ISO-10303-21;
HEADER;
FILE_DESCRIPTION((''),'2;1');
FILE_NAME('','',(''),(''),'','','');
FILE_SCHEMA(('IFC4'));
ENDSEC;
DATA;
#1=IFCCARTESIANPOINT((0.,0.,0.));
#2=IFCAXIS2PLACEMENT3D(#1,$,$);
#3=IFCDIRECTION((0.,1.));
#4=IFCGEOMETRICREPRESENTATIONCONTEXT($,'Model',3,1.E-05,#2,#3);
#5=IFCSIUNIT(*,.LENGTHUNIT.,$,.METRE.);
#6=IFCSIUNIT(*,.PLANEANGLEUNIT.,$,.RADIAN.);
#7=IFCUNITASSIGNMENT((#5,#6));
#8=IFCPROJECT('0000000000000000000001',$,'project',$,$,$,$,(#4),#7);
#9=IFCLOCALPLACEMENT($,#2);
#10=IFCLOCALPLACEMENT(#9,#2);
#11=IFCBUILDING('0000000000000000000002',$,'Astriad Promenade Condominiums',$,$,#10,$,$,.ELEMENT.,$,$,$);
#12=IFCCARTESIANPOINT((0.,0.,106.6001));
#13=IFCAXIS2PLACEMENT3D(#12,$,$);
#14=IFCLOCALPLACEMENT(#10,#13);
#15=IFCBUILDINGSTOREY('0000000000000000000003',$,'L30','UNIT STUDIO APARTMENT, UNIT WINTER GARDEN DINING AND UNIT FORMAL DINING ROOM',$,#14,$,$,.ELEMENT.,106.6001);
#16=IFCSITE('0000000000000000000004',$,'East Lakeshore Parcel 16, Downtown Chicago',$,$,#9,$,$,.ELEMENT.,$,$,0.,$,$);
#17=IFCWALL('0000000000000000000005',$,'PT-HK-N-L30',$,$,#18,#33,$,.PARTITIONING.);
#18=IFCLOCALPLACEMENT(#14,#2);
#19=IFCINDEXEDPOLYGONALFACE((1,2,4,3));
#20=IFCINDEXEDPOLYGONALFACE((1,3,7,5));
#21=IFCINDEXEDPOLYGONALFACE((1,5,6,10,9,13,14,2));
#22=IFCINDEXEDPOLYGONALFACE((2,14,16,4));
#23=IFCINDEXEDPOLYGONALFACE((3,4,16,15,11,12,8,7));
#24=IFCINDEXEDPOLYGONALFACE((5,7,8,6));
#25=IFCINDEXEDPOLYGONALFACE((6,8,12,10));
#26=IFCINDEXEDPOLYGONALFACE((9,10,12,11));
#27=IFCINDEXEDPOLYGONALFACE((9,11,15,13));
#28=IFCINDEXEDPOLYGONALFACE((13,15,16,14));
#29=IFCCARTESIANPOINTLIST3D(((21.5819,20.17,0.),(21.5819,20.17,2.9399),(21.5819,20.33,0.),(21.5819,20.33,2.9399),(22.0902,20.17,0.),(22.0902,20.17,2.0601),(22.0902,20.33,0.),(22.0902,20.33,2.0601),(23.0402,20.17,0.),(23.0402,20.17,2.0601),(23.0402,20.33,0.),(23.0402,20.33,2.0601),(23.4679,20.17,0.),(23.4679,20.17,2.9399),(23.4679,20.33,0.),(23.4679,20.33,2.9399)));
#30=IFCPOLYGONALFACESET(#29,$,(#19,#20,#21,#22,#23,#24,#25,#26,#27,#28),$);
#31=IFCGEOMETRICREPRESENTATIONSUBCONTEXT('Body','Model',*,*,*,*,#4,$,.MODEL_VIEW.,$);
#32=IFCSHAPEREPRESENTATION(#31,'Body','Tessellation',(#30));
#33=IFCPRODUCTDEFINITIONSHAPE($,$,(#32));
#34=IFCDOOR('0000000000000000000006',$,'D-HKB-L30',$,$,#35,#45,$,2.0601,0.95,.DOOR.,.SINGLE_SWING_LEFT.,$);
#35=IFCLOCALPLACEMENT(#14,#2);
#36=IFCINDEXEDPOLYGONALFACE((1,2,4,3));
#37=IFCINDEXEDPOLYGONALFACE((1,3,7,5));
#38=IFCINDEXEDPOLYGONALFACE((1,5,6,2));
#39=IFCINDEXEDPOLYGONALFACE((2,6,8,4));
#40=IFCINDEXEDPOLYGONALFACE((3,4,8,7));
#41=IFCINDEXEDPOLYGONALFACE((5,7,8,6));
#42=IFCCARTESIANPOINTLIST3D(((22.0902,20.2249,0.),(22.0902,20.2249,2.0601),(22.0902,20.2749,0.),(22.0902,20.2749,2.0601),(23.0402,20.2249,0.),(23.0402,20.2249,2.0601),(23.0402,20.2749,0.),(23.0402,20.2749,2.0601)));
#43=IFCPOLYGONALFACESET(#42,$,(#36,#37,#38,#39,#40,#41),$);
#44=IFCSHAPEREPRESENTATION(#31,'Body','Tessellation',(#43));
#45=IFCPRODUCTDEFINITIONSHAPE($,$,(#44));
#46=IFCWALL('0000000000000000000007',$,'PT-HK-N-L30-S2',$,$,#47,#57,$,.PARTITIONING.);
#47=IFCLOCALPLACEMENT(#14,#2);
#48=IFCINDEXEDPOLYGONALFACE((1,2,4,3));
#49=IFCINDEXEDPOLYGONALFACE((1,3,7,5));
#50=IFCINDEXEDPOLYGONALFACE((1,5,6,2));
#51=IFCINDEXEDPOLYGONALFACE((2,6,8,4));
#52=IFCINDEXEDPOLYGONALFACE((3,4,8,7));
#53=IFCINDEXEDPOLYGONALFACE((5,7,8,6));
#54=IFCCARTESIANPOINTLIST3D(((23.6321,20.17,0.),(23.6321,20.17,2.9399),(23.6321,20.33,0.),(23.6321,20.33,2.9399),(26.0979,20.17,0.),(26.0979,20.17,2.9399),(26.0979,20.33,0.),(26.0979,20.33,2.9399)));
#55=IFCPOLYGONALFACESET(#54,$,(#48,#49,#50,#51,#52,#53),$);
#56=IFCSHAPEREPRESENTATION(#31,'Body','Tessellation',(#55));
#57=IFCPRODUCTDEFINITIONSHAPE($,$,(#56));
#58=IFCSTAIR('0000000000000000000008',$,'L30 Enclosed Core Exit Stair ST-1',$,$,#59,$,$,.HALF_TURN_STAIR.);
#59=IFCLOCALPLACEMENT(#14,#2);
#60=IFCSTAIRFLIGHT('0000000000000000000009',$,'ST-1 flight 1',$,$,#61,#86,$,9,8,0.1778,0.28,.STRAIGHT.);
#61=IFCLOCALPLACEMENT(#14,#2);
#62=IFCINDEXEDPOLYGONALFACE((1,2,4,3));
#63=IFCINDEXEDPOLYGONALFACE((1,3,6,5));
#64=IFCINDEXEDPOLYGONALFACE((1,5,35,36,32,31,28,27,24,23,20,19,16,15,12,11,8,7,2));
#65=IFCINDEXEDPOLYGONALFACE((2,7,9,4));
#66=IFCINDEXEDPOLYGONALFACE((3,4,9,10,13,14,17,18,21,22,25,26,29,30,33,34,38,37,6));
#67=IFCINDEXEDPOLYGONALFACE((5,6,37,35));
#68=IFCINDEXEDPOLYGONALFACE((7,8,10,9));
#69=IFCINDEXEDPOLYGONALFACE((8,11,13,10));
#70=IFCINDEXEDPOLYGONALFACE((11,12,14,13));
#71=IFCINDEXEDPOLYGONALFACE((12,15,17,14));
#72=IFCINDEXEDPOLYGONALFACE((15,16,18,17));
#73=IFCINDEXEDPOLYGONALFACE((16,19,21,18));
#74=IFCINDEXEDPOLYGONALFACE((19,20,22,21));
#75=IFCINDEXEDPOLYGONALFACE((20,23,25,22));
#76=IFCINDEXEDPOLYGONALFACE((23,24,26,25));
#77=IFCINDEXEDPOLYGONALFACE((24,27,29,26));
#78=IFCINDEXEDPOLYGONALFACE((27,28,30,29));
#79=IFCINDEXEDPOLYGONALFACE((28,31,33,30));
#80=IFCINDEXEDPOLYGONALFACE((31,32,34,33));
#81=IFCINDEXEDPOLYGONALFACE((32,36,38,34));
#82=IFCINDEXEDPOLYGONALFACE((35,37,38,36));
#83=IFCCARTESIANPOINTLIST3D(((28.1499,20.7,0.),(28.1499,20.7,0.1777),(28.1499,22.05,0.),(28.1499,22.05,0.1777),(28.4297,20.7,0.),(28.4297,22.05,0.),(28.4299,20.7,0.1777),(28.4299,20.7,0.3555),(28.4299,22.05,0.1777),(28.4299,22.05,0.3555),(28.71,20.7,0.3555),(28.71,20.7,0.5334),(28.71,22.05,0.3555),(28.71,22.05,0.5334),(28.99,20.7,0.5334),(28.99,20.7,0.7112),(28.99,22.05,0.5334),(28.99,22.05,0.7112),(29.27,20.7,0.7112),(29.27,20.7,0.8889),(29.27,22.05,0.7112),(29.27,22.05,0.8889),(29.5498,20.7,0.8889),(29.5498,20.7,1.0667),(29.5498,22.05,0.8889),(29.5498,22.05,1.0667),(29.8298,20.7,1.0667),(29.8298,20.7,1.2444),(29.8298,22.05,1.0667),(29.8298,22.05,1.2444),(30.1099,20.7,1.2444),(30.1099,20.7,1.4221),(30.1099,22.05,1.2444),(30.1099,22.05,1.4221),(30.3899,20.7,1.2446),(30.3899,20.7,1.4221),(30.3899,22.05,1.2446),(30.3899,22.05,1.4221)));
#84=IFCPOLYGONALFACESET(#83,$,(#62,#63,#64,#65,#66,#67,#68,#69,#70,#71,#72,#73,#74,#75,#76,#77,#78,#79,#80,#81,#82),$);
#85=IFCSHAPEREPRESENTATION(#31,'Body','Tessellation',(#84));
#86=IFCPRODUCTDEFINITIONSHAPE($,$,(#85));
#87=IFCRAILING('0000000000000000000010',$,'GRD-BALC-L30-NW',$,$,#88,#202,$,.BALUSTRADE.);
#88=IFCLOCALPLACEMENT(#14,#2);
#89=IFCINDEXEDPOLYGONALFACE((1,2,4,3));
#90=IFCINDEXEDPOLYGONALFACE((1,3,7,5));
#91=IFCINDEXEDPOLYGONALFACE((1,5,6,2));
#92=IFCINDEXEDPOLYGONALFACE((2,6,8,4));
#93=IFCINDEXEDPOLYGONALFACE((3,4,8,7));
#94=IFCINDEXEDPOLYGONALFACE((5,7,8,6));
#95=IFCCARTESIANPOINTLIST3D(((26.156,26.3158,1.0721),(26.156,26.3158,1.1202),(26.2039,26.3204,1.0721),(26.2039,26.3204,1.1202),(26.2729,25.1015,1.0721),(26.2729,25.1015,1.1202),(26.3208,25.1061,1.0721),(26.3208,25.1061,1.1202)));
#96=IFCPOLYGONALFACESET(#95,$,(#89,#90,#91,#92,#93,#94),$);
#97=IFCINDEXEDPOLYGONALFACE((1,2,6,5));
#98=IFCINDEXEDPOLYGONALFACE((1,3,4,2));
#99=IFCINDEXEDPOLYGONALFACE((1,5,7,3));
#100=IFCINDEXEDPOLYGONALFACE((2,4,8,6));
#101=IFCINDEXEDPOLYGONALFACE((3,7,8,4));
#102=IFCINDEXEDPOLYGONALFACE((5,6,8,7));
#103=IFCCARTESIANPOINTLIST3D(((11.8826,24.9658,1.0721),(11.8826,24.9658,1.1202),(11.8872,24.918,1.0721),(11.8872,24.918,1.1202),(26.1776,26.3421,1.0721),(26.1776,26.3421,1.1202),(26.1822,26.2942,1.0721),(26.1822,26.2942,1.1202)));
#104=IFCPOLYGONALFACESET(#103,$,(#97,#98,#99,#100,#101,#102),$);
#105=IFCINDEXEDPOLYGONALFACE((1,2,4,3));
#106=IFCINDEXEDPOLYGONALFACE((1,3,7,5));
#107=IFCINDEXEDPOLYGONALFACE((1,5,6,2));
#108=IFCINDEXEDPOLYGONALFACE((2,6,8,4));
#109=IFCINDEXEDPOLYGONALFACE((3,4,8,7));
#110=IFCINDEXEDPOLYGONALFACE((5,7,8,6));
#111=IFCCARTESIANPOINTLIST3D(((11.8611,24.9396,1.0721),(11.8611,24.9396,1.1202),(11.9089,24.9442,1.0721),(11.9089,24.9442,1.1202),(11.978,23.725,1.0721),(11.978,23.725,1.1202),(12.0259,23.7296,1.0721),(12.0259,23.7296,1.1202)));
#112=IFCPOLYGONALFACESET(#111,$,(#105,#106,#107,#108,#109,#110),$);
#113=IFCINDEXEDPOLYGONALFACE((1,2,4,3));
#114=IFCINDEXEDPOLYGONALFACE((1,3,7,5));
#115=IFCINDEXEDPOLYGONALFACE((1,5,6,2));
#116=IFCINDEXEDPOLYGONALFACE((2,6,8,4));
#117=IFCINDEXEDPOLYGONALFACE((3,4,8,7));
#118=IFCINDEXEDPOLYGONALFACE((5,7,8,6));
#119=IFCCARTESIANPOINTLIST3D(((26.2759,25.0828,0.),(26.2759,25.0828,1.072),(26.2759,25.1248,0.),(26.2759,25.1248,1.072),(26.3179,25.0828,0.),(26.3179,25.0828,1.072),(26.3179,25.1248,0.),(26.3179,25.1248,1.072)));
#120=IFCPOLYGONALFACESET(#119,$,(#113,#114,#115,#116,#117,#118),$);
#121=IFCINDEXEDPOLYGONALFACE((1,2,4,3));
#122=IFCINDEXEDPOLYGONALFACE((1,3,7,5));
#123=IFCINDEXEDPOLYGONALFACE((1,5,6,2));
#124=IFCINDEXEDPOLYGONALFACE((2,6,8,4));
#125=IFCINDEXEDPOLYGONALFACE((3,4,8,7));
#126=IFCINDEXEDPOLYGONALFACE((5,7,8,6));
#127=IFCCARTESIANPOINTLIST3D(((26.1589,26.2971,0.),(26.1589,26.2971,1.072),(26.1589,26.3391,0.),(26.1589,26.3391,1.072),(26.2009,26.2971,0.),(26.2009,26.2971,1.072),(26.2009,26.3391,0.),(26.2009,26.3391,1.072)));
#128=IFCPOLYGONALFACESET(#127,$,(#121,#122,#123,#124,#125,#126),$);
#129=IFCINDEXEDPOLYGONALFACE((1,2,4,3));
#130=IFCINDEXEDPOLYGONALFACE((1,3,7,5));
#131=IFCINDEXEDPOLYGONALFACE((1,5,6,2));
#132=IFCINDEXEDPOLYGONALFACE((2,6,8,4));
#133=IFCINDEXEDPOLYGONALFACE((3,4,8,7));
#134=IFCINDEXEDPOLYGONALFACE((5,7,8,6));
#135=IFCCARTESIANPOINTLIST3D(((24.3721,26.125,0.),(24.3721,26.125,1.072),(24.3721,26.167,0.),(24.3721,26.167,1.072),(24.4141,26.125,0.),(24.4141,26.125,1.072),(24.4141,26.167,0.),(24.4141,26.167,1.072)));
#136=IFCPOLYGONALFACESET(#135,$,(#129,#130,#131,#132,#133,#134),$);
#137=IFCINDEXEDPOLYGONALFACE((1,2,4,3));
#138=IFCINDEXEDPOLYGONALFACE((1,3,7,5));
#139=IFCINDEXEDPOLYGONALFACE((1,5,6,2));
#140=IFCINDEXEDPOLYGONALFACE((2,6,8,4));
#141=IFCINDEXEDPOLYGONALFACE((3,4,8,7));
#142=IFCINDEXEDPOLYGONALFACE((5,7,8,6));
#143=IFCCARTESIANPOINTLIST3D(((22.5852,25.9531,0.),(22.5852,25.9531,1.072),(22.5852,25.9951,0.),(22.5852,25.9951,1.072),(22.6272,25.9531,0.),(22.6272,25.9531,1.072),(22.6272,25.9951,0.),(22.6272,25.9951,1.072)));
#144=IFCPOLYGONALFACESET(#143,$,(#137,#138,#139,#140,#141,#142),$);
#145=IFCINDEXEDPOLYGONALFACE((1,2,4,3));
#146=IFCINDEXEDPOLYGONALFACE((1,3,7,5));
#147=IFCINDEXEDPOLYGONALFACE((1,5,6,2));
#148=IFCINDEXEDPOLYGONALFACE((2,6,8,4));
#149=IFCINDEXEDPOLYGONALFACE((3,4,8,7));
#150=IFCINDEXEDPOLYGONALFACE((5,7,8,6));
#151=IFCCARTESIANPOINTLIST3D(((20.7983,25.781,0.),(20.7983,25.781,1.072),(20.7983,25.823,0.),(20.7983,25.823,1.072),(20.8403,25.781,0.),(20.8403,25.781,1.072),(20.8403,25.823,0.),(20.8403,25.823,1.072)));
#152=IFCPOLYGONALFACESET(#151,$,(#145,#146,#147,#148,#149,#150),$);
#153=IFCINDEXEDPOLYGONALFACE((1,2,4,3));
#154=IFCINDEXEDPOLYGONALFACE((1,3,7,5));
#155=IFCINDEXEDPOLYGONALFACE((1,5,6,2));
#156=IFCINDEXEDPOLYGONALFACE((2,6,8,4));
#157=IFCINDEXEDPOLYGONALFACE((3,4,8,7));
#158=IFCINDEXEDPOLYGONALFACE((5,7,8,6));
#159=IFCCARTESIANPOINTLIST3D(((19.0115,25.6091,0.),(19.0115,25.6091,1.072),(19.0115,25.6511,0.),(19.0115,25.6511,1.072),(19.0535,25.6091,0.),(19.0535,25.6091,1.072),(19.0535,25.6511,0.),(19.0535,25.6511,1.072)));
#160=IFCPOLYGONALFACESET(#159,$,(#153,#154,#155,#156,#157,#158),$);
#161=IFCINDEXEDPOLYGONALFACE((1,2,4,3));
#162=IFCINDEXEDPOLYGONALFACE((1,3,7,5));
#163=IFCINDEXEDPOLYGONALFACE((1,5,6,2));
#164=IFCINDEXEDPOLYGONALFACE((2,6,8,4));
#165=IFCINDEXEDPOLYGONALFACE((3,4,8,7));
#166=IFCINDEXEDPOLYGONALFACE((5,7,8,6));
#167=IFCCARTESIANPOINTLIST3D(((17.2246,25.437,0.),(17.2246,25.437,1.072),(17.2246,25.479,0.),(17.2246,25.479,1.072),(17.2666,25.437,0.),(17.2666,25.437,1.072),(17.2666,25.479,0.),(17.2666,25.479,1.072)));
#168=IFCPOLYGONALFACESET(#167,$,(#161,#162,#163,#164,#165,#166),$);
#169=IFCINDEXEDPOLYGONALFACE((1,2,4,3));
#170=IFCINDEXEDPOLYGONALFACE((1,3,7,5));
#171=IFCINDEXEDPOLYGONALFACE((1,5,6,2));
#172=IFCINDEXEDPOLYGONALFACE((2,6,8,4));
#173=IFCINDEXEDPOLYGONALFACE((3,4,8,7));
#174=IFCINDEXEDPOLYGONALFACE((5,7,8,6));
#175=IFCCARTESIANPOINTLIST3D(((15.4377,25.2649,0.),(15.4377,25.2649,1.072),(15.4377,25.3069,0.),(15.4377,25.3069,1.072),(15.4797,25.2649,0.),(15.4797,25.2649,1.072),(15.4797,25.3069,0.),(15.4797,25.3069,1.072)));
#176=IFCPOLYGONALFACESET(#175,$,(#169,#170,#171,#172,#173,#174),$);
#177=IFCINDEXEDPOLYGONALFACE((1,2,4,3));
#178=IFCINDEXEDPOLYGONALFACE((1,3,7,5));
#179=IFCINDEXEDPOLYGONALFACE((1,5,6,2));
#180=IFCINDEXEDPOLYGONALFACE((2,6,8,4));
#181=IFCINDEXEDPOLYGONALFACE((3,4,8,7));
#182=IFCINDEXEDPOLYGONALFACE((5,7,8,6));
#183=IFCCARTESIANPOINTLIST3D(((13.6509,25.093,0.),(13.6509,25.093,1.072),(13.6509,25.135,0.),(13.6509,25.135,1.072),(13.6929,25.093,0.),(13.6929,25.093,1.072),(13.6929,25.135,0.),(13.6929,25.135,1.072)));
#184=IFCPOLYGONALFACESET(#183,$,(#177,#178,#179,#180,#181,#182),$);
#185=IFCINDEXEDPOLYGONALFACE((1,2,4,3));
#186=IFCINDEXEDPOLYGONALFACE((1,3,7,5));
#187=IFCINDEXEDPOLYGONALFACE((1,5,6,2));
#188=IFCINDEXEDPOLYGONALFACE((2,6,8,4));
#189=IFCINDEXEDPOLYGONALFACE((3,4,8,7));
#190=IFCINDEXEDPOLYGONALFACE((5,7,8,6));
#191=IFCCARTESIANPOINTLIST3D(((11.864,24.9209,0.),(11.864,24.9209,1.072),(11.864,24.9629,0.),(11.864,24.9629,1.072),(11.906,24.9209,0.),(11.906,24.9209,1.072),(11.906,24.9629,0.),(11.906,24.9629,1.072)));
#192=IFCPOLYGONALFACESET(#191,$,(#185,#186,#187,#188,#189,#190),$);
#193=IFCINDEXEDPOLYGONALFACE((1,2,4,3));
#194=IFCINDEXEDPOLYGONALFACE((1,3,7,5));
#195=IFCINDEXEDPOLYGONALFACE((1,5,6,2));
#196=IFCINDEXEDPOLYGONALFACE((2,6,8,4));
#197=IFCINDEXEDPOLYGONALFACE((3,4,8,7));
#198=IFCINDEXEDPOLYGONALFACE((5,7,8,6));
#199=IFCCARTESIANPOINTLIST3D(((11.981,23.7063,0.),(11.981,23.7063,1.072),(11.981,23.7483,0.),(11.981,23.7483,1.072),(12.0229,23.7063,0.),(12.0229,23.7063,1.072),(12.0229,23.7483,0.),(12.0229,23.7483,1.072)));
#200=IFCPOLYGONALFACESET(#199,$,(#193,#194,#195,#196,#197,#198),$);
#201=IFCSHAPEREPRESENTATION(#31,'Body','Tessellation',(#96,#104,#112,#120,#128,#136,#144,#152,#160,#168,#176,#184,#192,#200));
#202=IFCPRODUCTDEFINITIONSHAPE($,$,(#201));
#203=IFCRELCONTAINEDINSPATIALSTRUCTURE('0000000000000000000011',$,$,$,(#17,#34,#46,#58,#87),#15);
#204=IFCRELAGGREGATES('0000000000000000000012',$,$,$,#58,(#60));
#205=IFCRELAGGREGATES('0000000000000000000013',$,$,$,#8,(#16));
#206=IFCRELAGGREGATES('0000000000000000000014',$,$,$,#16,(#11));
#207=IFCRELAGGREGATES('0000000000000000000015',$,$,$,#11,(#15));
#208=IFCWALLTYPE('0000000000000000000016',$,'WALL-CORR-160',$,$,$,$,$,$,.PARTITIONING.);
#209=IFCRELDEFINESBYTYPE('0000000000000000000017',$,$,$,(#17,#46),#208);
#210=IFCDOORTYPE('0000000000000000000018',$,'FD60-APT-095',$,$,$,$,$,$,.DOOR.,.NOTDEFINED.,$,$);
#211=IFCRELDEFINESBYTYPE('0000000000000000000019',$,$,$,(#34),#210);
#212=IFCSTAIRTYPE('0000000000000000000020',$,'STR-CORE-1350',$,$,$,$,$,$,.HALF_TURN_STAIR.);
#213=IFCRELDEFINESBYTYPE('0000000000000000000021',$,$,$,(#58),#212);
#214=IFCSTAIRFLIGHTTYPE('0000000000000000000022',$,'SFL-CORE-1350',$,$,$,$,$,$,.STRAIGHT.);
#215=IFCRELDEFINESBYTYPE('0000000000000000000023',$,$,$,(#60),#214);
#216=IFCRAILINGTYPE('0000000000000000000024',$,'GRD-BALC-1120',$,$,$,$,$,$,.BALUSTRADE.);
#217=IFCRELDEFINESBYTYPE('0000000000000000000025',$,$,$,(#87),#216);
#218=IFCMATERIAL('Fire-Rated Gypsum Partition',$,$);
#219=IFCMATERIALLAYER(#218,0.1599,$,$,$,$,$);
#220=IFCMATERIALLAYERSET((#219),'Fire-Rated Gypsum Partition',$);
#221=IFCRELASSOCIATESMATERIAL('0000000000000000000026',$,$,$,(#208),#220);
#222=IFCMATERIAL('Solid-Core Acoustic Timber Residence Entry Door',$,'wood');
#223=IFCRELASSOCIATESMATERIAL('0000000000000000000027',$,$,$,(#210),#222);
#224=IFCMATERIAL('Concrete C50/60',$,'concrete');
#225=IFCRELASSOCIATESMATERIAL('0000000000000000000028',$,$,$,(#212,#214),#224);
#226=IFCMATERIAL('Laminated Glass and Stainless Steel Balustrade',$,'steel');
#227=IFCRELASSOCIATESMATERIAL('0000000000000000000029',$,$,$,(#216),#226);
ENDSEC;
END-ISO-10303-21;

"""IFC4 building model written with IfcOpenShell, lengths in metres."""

from ifc_helpers import new_model, si_unit, direction, frame, frame_2d, origin, origin_2d, place, context, subcontext, project, spatial, polyline, rectangle, outline, extrude, source, transform, mapped, material, layer, layer_set, type_object, type_shapes, element, fill, aggregate, save


model = new_model("IFC4")

# Units and contexts
model_context = context("Model", 3, precision=1e-05, world=origin(), true_north=direction((0.0, 1.0)))
body_context = subcontext(model_context, "Body", "Model", "MODEL_VIEW")
ifc_project = project(units=[si_unit("LENGTHUNIT", "METRE"), si_unit("PLANEANGLEUNIT", "RADIAN")], contexts=[model_context])

# Site, building, storey
site_placement = place(None, origin())
site = spatial("IfcSite", under=ifc_project, at=site_placement, Name="East Lakeshore Parcel 16, Downtown Chicago", CompositionType="ELEMENT", RefElevation=0.0)
building_placement = place(site_placement, origin())
building = spatial("IfcBuilding", under=site, at=building_placement, Name="Astriad Promenade Condominiums", CompositionType="ELEMENT")
storey_placement = place(building_placement, frame((0.0, 0.0, 106.6001)))
storey = spatial("IfcBuildingStorey", under=building, at=storey_placement, Name="L30", Description="UNIT STUDIO APARTMENT, UNIT WINTER GARDEN DINING AND UNIT FORMAL DINING ROOM", CompositionType="ELEMENT", Elevation=106.6001)

# Wall, opening, door
ifc_material_1 = material(Name="Concrete C50/60", Category="concrete")
ifc_material_2 = material(Name="Fire-Rated Gypsum Partition")
ifc_layer_1 = layer(ifc_material_2, 0.1599)
ifc_layer_set_1 = layer_set([ifc_layer_1], Name="Fire-Rated Gypsum Partition")
wall_type_1 = type_object("IfcWallType", Name="WALL-CORR-160", PredefinedType="PARTITIONING", material=ifc_layer_set_1)
wall_1_placement = place(storey_placement, frame((21.582, 20.25, 0.0), z_axis=(0.0, 0.0, 1.0), x_axis=(1.0, 0.0, 0.0)))
wall_1 = element("IfcWall", 1, at=wall_1_placement, inside=storey, type_object=wall_type_1, Name="PT-HK-N-L30", PredefinedType="PARTITIONING", context=body_context, shape_type="SweptSolid", body=[
    extrude(rectangle(XDim=1.886, YDim=0.1599, at=frame_2d((0.9429, 0.0))), origin(), (0.0, 0.0, 1.0), 2.9399),
])
opening_1_placement = place(wall_1_placement, frame((0.5081, 0.0, 0.0)))
opening_1 = element("IfcOpeningElement", 2, at=opening_1_placement, cuts=wall_1, PredefinedType="OPENING", context=body_context, shape_type="SweptSolid", body=[
    extrude(rectangle(XDim=0.95, YDim=2.0601, at=frame_2d((0.4751, 1.03))), frame((0.0, 0.0898, 0.0), z_axis=(0.0, -1.0, 0.0), x_axis=(1.0, 0.0, 0.0)), (0.0, 0.0, 1.0), 0.1799),
])
ifc_material_3 = material(Name="Solid-Core Acoustic Timber Residence Entry Door", Category="wood")
door_type_1 = type_object("IfcDoorType", Name="FD60-APT-095", OperationType="NOTDEFINED", PredefinedType="DOOR", material=ifc_material_3)
shared_shape_1 = source(origin(), body_context, "Body", "SweptSolid", [
    extrude(rectangle(XDim=0.95, YDim=2.0601, at=frame_2d((0.4751, 1.03))), frame((0.0, 0.0249, 0.0), z_axis=(0.0, -1.0, 0.0), x_axis=(1.0, 0.0, 0.0)), (0.0, 0.0, 1.0), 0.05),
])
type_shapes(door_type_1, [shared_shape_1])
door_1_placement = place(opening_1_placement, origin())
door_1 = element("IfcDoor", 3, at=door_1_placement, inside=storey, type_object=door_type_1, Name="D-HKB-L30", OperationType="SINGLE_SWING_LEFT", OverallHeight=2.0601, OverallWidth=0.95, PredefinedType="DOOR", context=body_context, shape_type="MappedRepresentation", body=[
    mapped(shared_shape_1, transform((0.0, 0.0, 0.0), scale=1.0)),
])
fill(opening_1, door_1)

# Wall
wall_2_placement = place(storey_placement, frame((23.6321, 20.25, 0.0), z_axis=(0.0, 0.0, 1.0), x_axis=(1.0, 0.0, 0.0)))
element("IfcWall", 4, at=wall_2_placement, inside=storey, type_object=wall_type_1, Name="PT-HK-N-L30-S2", PredefinedType="PARTITIONING", context=body_context, shape_type="SweptSolid", body=[
    extrude(rectangle(XDim=2.4658, YDim=0.1599, at=frame_2d((1.2329, 0.0))), origin(), (0.0, 0.0, 1.0), 2.9399),
])

# Stair, stair flight
stair_type = type_object("IfcStairType", Name="STR-CORE-1350", PredefinedType="HALF_TURN_STAIR", material=ifc_material_1)
stair_placement = place(storey_placement, origin())
stair = element("IfcStair", 5, at=stair_placement, inside=storey, type_object=stair_type, Name="L30 Enclosed Core Exit Stair ST-1", PredefinedType="HALF_TURN_STAIR")
stair_flight_type = type_object("IfcStairFlightType", Name="SFL-CORE-1350", PredefinedType="STRAIGHT", material=ifc_material_1)
shared_shape_2 = source(origin(), body_context, "Body", "SweptSolid", [
    extrude(outline(polyline([(0.0, 0.0), (0.0, 0.1777), (0.28, 0.1777), (0.28, 0.3555), (0.5601, 0.3555), (0.5601, 0.5334), (0.8401, 0.5334), (0.8401, 0.7112), (1.1201, 0.7112), (1.1201, 0.8889), (1.3999, 0.8889), (1.3999, 1.0667), (1.6799, 1.0667), (1.6799, 1.2444), (1.96, 1.2444), (1.96, 1.4221), (2.24, 1.4221), (2.24, 1.6001), (2.24, 1.2446), (0.2798, 0.0), (0.0, 0.0)])), frame((0.0, 0.675, 0.0), z_axis=(0.0, -1.0, 0.0), x_axis=(1.0, 0.0, 0.0)), (0.0, 0.0, 1.0), 1.3501),
])
type_shapes(stair_flight_type, [shared_shape_2])
stair_flight_placement = place(storey_placement, frame((28.1499, 21.375, 0.0), z_axis=(0.0, 0.0, 1.0), x_axis=(1.0, 0.0, 0.0)))
stair_flight = element("IfcStairFlight", 6, at=stair_flight_placement, type_object=stair_flight_type, Name="ST-1 flight 1", NumberOfRisers=9, NumberOfTreads=8, PredefinedType="STRAIGHT", RiserHeight=0.1778, TreadLength=0.28, context=body_context, shape_type="MappedRepresentation", body=[
    mapped(shared_shape_2, transform((0.0, 0.0, 0.0), scale=1.0)),
])
aggregate(stair, [stair_flight])

# Railing
ifc_material_4 = material(Name="Laminated Glass and Stainless Steel Balustrade", Category="steel")
railing_type_1 = type_object("IfcRailingType", Name="GRD-BALC-1120", PredefinedType="BALUSTRADE", material=ifc_material_4)
shared_shape_3 = source(origin(), body_context, "Body", "SweptSolid", [
    extrude(rectangle(XDim=0.0481, YDim=0.0481, at=origin_2d()), frame((0.0, 0.0, 1.0962), z_axis=(-0.095857, 0.995395, 0.0), x_axis=(-0.995395, -0.095857, 0.0)), (0.0, 0.0, 1.0), 1.22),
    extrude(rectangle(XDim=0.0481, YDim=0.0481, at=origin_2d()), frame((-0.1169, 1.2144, 1.0962), z_axis=(-0.995398, -0.09583, 0.0), x_axis=(0.09583, -0.995398, 0.0)), (0.0, 0.0, 1.0), 14.3611),
    extrude(rectangle(XDim=0.0481, YDim=0.0481, at=origin_2d()), frame((-14.4119, -0.1619, 1.0962), z_axis=(0.095838, -0.995397, 0.0), x_axis=(0.995397, 0.095838, 0.0)), (0.0, 0.0, 1.0), 1.2202),
    extrude(rectangle(XDim=0.042, YDim=0.042, at=origin_2d()), origin(), (0.0, 0.0, 1.0), 1.072),
    extrude(rectangle(XDim=0.042, YDim=0.042, at=origin_2d()), frame((-0.1169, 1.2144, 0.0)), (0.0, 0.0, 1.0), 1.072),
    extrude(rectangle(XDim=0.042, YDim=0.042, at=origin_2d()), frame((-1.9038, 1.0422, 0.0)), (0.0, 0.0, 1.0), 1.072),
    extrude(rectangle(XDim=0.042, YDim=0.042, at=origin_2d()), frame((-3.6907, 0.8704, 0.0)), (0.0, 0.0, 1.0), 1.072),
    extrude(rectangle(XDim=0.042, YDim=0.042, at=origin_2d()), frame((-5.4775, 0.6982, 0.0)), (0.0, 0.0, 1.0), 1.072),
    extrude(rectangle(XDim=0.042, YDim=0.042, at=origin_2d()), frame((-7.2644, 0.5264, 0.0)), (0.0, 0.0, 1.0), 1.072),
    extrude(rectangle(XDim=0.042, YDim=0.042, at=origin_2d()), frame((-9.0513, 0.3542, 0.0)), (0.0, 0.0, 1.0), 1.072),
    extrude(rectangle(XDim=0.042, YDim=0.042, at=origin_2d()), frame((-10.8381, 0.1821, 0.0)), (0.0, 0.0, 1.0), 1.072),
    extrude(rectangle(XDim=0.042, YDim=0.042, at=origin_2d()), frame((-12.625, 0.0103, 0.0)), (0.0, 0.0, 1.0), 1.072),
    extrude(rectangle(XDim=0.042, YDim=0.042, at=origin_2d()), frame((-14.4119, -0.1619, 0.0)), (0.0, 0.0, 1.0), 1.072),
    extrude(rectangle(XDim=0.042, YDim=0.042, at=origin_2d()), frame((-14.2949, -1.3765, 0.0)), (0.0, 0.0, 1.0), 1.072),
])
type_shapes(railing_type_1, [shared_shape_3])
railing_1_placement = place(storey_placement, frame((26.2969, 25.1038, 0.0)))
element("IfcRailing", 7, at=railing_1_placement, inside=storey, type_object=railing_type_1, Name="GRD-BALC-L30-NW", PredefinedType="BALUSTRADE", context=body_context, shape_type="MappedRepresentation", body=[
    mapped(shared_shape_3, transform((0.0, 0.0, 0.0), scale=1.0)),
])

save(model, "model.ifc")
